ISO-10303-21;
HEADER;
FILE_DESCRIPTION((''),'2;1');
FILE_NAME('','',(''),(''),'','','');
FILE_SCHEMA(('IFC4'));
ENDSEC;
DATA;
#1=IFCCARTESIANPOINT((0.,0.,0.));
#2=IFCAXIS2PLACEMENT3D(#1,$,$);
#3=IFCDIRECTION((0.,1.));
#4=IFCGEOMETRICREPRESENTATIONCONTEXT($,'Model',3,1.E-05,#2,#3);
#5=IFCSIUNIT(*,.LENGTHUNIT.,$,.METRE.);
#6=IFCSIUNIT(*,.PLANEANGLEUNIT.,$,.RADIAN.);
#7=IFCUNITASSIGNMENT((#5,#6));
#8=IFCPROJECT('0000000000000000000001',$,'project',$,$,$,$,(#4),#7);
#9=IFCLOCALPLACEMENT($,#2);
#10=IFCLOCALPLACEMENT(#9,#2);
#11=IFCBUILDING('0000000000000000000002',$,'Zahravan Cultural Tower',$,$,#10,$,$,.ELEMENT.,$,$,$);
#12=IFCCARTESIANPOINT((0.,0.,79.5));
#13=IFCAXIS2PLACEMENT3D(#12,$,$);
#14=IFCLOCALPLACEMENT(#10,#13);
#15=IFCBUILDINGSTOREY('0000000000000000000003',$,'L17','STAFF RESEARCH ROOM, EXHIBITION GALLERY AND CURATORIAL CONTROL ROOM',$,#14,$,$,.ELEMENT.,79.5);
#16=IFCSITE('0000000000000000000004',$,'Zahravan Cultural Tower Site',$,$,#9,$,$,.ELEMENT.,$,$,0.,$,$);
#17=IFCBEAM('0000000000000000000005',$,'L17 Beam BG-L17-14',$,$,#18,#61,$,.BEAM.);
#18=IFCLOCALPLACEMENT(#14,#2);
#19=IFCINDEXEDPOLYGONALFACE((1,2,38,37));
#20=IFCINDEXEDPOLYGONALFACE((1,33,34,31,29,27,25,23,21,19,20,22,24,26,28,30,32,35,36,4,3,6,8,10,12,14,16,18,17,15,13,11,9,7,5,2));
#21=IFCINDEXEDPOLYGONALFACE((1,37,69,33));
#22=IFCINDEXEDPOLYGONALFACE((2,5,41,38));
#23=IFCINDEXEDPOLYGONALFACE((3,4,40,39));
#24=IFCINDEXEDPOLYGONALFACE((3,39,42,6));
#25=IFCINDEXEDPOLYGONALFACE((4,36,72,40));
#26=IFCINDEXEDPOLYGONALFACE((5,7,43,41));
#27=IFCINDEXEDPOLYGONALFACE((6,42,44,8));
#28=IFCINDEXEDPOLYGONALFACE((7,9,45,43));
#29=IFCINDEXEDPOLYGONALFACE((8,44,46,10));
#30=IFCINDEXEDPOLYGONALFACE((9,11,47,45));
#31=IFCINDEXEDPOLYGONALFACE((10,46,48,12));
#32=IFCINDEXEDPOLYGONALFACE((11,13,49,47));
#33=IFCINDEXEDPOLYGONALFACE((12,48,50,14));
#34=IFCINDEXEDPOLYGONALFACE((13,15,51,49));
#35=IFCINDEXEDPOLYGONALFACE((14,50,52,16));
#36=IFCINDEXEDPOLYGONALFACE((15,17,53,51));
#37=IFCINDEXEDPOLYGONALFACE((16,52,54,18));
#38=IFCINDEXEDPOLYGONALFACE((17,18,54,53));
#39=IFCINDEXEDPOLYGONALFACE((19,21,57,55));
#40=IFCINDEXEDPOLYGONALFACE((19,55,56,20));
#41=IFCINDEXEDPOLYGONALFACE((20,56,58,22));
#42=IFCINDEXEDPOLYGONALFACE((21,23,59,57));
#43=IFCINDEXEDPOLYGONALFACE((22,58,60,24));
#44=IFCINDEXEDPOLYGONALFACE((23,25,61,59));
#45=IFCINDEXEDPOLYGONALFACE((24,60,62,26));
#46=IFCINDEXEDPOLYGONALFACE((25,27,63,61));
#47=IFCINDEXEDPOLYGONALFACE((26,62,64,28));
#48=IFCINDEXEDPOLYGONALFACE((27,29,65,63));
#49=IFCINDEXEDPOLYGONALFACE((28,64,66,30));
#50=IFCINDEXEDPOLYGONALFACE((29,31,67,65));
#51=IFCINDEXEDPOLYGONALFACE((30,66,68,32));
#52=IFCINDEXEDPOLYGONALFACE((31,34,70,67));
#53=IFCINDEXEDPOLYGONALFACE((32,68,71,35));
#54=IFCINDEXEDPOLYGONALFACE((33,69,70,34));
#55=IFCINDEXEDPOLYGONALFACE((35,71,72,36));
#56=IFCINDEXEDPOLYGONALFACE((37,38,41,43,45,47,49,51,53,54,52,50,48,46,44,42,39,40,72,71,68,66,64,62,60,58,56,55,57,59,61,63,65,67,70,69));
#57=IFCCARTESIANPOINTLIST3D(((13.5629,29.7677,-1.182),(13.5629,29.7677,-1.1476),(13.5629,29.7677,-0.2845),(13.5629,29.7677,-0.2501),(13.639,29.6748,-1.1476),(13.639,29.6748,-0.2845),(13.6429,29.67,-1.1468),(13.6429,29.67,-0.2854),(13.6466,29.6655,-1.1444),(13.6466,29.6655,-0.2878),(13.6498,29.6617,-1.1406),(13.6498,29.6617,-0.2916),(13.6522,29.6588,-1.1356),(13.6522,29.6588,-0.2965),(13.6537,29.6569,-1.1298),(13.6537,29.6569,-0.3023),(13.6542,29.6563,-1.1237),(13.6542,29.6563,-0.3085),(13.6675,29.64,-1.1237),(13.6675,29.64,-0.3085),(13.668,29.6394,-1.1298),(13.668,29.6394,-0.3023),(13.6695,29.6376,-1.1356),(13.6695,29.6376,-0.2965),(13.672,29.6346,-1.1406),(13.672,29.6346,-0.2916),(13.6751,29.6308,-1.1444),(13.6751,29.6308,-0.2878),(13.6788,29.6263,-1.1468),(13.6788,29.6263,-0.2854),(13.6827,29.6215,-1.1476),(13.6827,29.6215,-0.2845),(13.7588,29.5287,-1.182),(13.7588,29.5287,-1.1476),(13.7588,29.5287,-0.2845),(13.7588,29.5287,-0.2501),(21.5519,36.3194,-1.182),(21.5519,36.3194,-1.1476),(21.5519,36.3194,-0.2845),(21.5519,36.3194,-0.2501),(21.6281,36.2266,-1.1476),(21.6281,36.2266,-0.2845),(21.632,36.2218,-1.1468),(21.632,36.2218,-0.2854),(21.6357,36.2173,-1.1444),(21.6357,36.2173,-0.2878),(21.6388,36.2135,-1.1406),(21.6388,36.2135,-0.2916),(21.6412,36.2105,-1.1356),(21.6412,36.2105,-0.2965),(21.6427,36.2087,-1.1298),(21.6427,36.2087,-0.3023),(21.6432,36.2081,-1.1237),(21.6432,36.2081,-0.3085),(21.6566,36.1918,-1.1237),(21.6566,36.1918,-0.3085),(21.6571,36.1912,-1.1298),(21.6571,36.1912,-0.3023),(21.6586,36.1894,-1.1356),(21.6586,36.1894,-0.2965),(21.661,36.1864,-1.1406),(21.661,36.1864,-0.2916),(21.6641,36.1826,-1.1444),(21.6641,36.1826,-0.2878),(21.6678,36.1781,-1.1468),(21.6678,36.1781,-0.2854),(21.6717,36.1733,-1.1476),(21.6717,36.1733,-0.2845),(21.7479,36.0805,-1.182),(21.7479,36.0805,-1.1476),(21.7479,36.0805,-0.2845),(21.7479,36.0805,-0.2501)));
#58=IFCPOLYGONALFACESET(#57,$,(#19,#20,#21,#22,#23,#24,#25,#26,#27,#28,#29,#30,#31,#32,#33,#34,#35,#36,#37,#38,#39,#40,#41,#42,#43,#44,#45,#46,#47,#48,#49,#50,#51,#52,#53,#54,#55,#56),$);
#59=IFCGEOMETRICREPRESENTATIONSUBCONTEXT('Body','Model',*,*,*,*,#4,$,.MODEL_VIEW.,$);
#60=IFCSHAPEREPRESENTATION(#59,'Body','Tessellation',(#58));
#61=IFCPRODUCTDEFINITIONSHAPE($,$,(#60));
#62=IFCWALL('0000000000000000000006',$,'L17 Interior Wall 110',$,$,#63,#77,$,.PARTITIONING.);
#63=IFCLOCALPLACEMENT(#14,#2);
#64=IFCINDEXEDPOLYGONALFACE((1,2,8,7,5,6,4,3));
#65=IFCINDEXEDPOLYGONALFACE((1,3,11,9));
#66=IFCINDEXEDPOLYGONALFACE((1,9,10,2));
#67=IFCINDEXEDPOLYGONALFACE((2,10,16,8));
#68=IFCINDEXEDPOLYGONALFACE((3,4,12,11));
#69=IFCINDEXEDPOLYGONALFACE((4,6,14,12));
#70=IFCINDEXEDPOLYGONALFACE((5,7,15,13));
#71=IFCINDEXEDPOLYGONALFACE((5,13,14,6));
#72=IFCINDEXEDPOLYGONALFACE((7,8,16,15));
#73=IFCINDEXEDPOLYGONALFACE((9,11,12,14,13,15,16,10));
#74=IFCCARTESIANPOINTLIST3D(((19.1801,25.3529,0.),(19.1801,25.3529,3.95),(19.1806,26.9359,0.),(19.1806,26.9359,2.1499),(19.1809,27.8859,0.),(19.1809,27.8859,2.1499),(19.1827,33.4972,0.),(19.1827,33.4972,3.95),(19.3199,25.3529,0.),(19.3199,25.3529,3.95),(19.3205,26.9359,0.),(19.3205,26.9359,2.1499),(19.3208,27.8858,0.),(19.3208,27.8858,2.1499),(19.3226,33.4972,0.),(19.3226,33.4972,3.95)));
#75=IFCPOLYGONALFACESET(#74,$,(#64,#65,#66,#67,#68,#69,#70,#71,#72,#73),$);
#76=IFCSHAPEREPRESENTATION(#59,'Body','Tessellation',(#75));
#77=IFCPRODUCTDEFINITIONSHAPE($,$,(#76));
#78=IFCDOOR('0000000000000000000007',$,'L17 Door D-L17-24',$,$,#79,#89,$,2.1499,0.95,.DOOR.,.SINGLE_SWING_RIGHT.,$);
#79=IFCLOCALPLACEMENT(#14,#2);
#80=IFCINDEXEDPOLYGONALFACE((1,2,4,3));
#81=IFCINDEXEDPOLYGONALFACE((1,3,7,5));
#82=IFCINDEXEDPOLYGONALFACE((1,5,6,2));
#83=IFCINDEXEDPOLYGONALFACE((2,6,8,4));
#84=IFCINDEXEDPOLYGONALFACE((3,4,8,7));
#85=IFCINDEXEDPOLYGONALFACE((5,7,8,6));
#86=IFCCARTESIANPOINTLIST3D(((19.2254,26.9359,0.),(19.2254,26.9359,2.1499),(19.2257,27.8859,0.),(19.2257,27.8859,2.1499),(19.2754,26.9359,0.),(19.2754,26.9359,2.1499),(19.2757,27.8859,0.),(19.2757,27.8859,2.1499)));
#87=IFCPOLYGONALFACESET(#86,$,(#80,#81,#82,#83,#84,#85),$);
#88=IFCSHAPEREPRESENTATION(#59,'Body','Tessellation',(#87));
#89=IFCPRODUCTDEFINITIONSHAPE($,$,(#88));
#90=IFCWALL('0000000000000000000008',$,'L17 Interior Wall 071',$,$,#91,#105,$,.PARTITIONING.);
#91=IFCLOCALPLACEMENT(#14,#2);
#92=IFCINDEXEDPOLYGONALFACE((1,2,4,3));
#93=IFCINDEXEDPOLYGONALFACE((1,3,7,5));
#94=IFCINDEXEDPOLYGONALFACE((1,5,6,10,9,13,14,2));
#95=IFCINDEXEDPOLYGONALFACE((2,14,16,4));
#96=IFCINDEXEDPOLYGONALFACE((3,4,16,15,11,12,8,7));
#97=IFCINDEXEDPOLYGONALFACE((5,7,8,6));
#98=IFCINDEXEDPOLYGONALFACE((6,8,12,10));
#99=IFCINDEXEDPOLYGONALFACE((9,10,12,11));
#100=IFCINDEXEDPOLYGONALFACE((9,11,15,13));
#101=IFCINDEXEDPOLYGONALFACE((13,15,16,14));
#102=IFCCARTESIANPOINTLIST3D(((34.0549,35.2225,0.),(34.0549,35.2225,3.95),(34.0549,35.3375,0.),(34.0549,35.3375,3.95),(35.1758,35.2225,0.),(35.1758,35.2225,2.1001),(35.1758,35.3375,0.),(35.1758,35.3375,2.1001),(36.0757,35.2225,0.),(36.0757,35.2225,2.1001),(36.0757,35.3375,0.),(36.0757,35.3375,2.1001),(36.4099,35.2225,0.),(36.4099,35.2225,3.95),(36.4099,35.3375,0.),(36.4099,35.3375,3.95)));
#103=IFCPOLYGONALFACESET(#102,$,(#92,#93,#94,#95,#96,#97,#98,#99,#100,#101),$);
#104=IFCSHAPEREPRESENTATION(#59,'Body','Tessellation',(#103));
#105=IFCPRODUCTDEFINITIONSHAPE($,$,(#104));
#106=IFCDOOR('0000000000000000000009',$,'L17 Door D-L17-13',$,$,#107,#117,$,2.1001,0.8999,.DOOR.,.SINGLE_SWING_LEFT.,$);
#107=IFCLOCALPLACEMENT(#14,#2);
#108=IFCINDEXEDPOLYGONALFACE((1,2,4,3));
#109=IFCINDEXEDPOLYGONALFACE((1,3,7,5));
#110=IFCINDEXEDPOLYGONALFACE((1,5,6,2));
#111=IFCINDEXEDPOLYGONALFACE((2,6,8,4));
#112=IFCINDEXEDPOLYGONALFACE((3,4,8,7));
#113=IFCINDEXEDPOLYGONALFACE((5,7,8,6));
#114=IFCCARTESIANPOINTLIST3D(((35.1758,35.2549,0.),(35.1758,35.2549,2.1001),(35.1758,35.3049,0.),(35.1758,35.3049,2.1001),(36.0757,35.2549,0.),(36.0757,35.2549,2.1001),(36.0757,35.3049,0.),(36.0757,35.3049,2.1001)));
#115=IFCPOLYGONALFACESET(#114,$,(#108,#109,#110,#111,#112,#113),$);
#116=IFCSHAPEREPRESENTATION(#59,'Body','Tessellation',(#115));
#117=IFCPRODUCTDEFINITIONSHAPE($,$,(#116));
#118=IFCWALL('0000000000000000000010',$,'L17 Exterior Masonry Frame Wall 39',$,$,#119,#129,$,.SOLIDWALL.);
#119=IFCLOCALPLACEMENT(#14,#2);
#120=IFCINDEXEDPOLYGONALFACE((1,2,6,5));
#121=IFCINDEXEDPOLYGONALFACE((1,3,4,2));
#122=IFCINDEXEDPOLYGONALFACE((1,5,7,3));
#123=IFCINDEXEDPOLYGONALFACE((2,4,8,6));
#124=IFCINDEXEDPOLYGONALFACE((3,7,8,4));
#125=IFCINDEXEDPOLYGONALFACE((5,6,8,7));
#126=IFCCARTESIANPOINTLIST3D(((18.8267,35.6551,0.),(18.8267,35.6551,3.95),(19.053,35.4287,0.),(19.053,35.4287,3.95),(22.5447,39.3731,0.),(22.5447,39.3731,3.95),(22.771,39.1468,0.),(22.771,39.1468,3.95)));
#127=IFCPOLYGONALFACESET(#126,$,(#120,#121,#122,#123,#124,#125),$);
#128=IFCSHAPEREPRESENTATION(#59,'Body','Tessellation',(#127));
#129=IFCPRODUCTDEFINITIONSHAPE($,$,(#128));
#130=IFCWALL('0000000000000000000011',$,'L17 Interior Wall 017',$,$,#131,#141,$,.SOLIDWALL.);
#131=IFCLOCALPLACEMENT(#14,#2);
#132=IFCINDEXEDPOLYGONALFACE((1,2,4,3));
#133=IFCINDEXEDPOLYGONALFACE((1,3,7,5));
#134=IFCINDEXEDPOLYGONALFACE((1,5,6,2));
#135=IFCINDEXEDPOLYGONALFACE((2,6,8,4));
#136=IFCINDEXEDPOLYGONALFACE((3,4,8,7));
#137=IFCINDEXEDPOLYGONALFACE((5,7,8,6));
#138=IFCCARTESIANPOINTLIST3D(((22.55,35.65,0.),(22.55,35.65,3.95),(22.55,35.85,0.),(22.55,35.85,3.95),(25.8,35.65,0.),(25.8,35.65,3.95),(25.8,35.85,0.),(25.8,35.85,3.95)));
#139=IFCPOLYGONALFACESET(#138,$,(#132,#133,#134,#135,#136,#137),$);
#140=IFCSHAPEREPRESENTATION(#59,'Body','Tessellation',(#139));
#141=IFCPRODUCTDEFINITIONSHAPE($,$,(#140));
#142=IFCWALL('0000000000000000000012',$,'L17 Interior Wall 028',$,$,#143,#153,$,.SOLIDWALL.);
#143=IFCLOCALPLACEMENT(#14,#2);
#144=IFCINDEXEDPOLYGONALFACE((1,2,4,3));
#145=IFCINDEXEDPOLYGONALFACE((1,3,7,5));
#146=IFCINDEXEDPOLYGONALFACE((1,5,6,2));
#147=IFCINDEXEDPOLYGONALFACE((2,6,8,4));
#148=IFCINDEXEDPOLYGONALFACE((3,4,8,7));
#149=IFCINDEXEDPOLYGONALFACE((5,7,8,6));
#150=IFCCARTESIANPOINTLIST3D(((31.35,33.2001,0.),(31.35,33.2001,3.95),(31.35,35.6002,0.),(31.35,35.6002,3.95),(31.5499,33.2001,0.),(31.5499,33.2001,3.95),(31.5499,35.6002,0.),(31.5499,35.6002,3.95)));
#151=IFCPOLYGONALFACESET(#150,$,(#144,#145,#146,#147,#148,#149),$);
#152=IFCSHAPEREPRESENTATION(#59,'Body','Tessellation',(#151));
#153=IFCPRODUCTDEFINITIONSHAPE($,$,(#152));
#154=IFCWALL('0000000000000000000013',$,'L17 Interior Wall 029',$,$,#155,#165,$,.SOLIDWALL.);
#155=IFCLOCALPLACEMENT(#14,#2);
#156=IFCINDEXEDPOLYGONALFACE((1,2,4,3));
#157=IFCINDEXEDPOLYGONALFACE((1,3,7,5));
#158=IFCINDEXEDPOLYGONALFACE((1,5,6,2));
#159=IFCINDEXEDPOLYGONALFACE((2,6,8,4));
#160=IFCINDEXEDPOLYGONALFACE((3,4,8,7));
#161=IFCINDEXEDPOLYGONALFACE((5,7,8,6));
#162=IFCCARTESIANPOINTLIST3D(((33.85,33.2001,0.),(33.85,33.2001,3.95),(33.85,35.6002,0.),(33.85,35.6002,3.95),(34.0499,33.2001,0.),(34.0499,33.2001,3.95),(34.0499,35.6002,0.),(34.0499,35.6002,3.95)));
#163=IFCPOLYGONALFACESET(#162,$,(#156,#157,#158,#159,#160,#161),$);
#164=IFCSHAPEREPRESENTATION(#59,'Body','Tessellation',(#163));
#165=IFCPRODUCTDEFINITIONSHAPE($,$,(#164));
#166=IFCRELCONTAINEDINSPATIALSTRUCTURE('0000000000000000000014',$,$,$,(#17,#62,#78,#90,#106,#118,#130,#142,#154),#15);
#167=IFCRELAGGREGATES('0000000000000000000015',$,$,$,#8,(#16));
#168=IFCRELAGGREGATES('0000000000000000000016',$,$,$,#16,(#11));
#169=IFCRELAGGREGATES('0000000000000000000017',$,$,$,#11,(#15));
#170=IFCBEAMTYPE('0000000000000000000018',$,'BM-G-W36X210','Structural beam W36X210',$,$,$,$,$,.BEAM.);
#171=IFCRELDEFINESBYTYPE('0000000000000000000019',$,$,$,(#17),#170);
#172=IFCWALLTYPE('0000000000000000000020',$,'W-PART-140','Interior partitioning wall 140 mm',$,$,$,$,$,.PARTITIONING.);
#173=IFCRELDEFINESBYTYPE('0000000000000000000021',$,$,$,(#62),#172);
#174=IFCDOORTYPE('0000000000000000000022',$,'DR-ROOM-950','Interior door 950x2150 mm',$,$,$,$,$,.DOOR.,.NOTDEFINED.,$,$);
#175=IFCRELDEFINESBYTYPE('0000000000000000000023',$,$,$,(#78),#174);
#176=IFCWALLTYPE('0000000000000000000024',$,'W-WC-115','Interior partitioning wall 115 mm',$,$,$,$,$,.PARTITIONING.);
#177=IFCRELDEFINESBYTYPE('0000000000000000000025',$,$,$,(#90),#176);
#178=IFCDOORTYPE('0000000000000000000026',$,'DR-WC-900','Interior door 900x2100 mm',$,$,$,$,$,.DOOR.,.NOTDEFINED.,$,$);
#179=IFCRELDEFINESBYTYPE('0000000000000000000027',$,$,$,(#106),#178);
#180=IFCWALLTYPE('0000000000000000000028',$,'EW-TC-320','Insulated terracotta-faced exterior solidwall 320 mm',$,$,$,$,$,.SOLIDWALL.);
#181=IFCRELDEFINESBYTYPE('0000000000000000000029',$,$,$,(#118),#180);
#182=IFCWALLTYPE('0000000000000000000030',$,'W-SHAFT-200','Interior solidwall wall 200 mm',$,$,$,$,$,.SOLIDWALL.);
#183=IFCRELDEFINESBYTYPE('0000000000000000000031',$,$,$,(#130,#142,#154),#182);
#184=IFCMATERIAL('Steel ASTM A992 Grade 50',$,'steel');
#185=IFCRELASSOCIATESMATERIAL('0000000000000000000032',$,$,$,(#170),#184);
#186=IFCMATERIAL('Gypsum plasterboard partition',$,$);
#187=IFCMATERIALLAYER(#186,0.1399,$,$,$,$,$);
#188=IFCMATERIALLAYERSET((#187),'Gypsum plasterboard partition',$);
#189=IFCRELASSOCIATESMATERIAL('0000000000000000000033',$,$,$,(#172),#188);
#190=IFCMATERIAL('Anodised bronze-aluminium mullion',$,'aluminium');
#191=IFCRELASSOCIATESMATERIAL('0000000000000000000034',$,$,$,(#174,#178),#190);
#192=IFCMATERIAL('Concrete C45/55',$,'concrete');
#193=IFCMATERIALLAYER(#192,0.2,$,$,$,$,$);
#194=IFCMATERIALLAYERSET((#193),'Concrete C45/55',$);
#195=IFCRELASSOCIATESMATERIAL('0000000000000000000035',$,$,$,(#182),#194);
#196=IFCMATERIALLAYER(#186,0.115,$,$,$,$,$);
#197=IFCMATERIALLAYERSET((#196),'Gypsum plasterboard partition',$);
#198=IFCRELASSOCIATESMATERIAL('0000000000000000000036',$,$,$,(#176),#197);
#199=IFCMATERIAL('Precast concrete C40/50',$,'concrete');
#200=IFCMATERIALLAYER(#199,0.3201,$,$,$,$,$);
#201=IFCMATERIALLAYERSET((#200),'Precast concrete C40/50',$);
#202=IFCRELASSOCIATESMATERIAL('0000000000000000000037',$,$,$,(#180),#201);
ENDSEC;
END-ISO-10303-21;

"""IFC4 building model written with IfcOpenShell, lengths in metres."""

from ifc_helpers import new_model, si_unit, direction, frame, frame_2d, origin, origin_2d, place, context, subcontext, project, spatial, rectangle, i_section, extrude, source, transform, mapped, material, layer, layer_set, material_profile, profile_set, type_object, element, fill, save


model = new_model("IFC4")

# Units and contexts
model_context = context("Model", 3, precision=1e-05, world=origin(), true_north=direction((0.0, 1.0)))
body_context = subcontext(model_context, "Body", "Model", "MODEL_VIEW")
ifc_project = project(units=[si_unit("LENGTHUNIT", "METRE"), si_unit("PLANEANGLEUNIT", "RADIAN")], contexts=[model_context])

# Site, building, storey
site_placement = place(None, origin())
site = spatial("IfcSite", under=ifc_project, at=site_placement, Name="Zahravan Cultural Tower Site", CompositionType="ELEMENT", RefElevation=0.0)
building_placement = place(site_placement, origin())
building = spatial("IfcBuilding", under=site, at=building_placement, Name="Zahravan Cultural Tower", CompositionType="ELEMENT")
storey_placement = place(building_placement, frame((0.0, 0.0, 79.5)))
storey = spatial("IfcBuildingStorey", under=building, at=storey_placement, Name="L17", Description="STAFF RESEARCH ROOM, EXHIBITION GALLERY AND CURATORIAL CONTROL ROOM", CompositionType="ELEMENT", Elevation=79.5)

# Beam
ifc_material_1 = material(Name="Steel ASTM A992 Grade 50", Category="steel")
ifc_material_profile_1 = material_profile(ifc_material_1, i_section(OverallWidth=0.3091, OverallDepth=0.9319, WebThickness=0.021, FlangeThickness=0.0344, FilletRadius=0.0239, at=origin_2d()), Name="W36X210")
ifc_profile_set_1 = profile_set([ifc_material_profile_1], Name="Steel ASTM A992 Grade 50")
beam_type_1 = type_object("IfcBeamType", Name="BM-G-W36X210", Description="Structural beam W36X210", PredefinedType="BEAM", material=ifc_profile_set_1)
shared_shape_1 = source(origin(), body_context, "Body", "SweptSolid", [
    extrude(i_section(OverallWidth=0.3091, OverallDepth=0.9319, WebThickness=0.021, FlangeThickness=0.0344, FilletRadius=0.0239, at=origin_2d()), origin(), (0.0, 0.0, 1.0), 10.332),
])
beam_1_placement = place(storey_placement, frame((21.6499, 36.2, -0.7161), z_axis=(-0.773231, -0.634124, 0.0), x_axis=(0.634124, -0.773231, 0.0)))
element("IfcBeam", 1, at=beam_1_placement, inside=storey, type_object=beam_type_1, Name="L17 Beam BG-L17-14", PredefinedType="BEAM", context=body_context, shape_type="MappedRepresentation", body=[
    mapped(shared_shape_1, transform((0.0, 0.0, 0.0), x_axis=(1.0, 0.0, 0.0), y_axis=(0.0, 1.0, 0.0), z_axis=(0.0, 0.0, 1.0), scale=1.0)),
])

# Walls, openings, doors
ifc_material_2 = material(Name="Gypsum plasterboard partition")
ifc_layer_1 = layer(ifc_material_2, 0.1399)
ifc_layer_set_1 = layer_set([ifc_layer_1], Name="Gypsum plasterboard partition")
wall_type_1 = type_object("IfcWallType", Name="W-PART-140", Description="Interior partitioning wall 140 mm", PredefinedType="PARTITIONING", material=ifc_layer_set_1)
wall_1_placement = place(storey_placement, frame((19.2527, 33.4973, 0.0), z_axis=(0.0, 0.0, 1.0), x_axis=(-0.00033, -1.0, 0.0)))
wall_1 = element("IfcWall", 2, at=wall_1_placement, inside=storey, type_object=wall_type_1, Name="L17 Interior Wall 110", PredefinedType="PARTITIONING", context=body_context, shape_type="SweptSolid", body=[
    extrude(rectangle(XDim=8.1443, YDim=0.1399, at=frame_2d((4.0723, 0.0))), origin(), (0.0, 0.0, 1.0), 3.95),
])
opening_1_placement = place(wall_1_placement, frame((5.6113, 0.0, 0.0)))
opening_1 = element("IfcOpeningElement", 3, at=opening_1_placement, cuts=wall_1, PredefinedType="OPENING", context=body_context, shape_type="SweptSolid", body=[
    extrude(rectangle(XDim=0.95, YDim=2.1499, at=frame_2d((0.4751, 1.075))), frame((0.0, 0.0798, 0.0), z_axis=(0.0, -1.0, 0.0), x_axis=(1.0, 0.0, 0.0)), (0.0, 0.0, 1.0), 0.1599),
])
ifc_material_3 = material(Name="Anodised bronze-aluminium mullion", Category="aluminium")
door_type_1 = type_object("IfcDoorType", Name="DR-ROOM-950", Description="Interior door 950x2150 mm", OperationType="NOTDEFINED", PredefinedType="DOOR", material=ifc_material_3)
shared_shape_2 = source(origin(), body_context, "Body", "SweptSolid", [
    extrude(rectangle(XDim=0.95, YDim=2.1499, at=frame_2d((0.4751, 1.075))), frame((0.0, 0.0249, 0.0), z_axis=(0.0, -1.0, 0.0), x_axis=(1.0, 0.0, 0.0)), (0.0, 0.0, 1.0), 0.05),
])
door_1_placement = place(opening_1_placement, origin())
door_1 = element("IfcDoor", 4, at=door_1_placement, inside=storey, type_object=door_type_1, Name="L17 Door D-L17-24", OperationType="SINGLE_SWING_RIGHT", OverallHeight=2.1499, OverallWidth=0.95, PredefinedType="DOOR", context=body_context, shape_type="MappedRepresentation", body=[
    mapped(shared_shape_2, transform((0.0, 0.0, 0.0), x_axis=(1.0, 0.0, 0.0), y_axis=(0.0, 1.0, 0.0), z_axis=(0.0, 0.0, 1.0), scale=1.0)),
])
fill(opening_1, door_1)
ifc_material_4 = material(Name="Concrete C45/55", Category="concrete")
ifc_layer_2 = layer(ifc_material_4, 0.2)
ifc_layer_set_2 = layer_set([ifc_layer_2], Name="Concrete C45/55")
wall_type_2 = type_object("IfcWallType", Name="W-SHAFT-200", Description="Interior solidwall wall 200 mm", PredefinedType="SOLIDWALL", material=ifc_layer_set_2)
ifc_layer_3 = layer(ifc_material_2, 0.115)
ifc_layer_set_3 = layer_set([ifc_layer_3], Name="Gypsum plasterboard partition")
wall_type_3 = type_object("IfcWallType", Name="W-WC-115", Description="Interior partitioning wall 115 mm", PredefinedType="PARTITIONING", material=ifc_layer_set_3)
wall_2_placement = place(storey_placement, frame((34.0549, 35.28, 0.0), z_axis=(0.0, 0.0, 1.0), x_axis=(1.0, 0.0, 0.0)))
wall_2 = element("IfcWall", 5, at=wall_2_placement, inside=storey, type_object=wall_type_3, Name="L17 Interior Wall 071", PredefinedType="PARTITIONING", context=body_context, shape_type="SweptSolid", body=[
    extrude(rectangle(XDim=2.355, YDim=0.115, at=frame_2d((1.1775, 0.0))), origin(), (0.0, 0.0, 1.0), 3.95),
])
opening_2_placement = place(wall_2_placement, frame((1.1208, 0.0, 0.0)))
opening_2 = element("IfcOpeningElement", 6, at=opening_2_placement, cuts=wall_2, PredefinedType="OPENING", context=body_context, shape_type="SweptSolid", body=[
    extrude(rectangle(XDim=0.8999, YDim=2.1001, at=frame_2d((0.45, 1.05))), frame((0.0, 0.0674, 0.0), z_axis=(0.0, -1.0, 0.0), x_axis=(1.0, 0.0, 0.0)), (0.0, 0.0, 1.0), 0.135),
])
door_type_2 = type_object("IfcDoorType", Name="DR-WC-900", Description="Interior door 900x2100 mm", OperationType="NOTDEFINED", PredefinedType="DOOR", material=ifc_material_3)
shared_shape_3 = source(origin(), body_context, "Body", "SweptSolid", [
    extrude(rectangle(XDim=0.8999, YDim=2.1001, at=frame_2d((0.45, 1.05))), frame((0.0, 0.0249, 0.0), z_axis=(0.0, -1.0, 0.0), x_axis=(1.0, 0.0, 0.0)), (0.0, 0.0, 1.0), 0.05),
])
door_2_placement = place(opening_2_placement, origin())
door_2 = element("IfcDoor", 7, at=door_2_placement, inside=storey, type_object=door_type_2, Name="L17 Door D-L17-13", OperationType="SINGLE_SWING_LEFT", OverallHeight=2.1001, OverallWidth=0.8999, PredefinedType="DOOR", context=body_context, shape_type="MappedRepresentation", body=[
    mapped(shared_shape_3, transform((0.0, 0.0, 0.0), x_axis=(1.0, 0.0, 0.0), y_axis=(0.0, 1.0, 0.0), z_axis=(0.0, 0.0, 1.0), scale=1.0)),
])
fill(opening_2, door_2)

# Walls
ifc_material_5 = material(Name="Precast concrete C40/50", Category="concrete")
ifc_layer_4 = layer(ifc_material_5, 0.3201)
ifc_layer_set_4 = layer_set([ifc_layer_4], Name="Precast concrete C40/50")
wall_type_4 = type_object("IfcWallType", Name="EW-TC-320", Description="Insulated terracotta-faced exterior solidwall 320 mm", PredefinedType="SOLIDWALL", material=ifc_layer_set_4)
shared_shape_4 = source(origin(), body_context, "Body", "SweptSolid", [
    extrude(rectangle(XDim=5.2581, YDim=0.3201, at=frame_2d((2.6289, 0.0))), origin(), (0.0, 0.0, 1.0), 3.95),
])
wall_3_placement = place(storey_placement, frame((18.9399, 35.542, 0.0), z_axis=(0.0, 0.0, 1.0), x_axis=(0.707107, 0.707107, 0.0)))
element("IfcWall", 8, at=wall_3_placement, inside=storey, type_object=wall_type_4, Name="L17 Exterior Masonry Frame Wall 39", PredefinedType="SOLIDWALL", context=body_context, shape_type="MappedRepresentation", body=[
    mapped(shared_shape_4, transform((0.0, 0.0, 0.0), x_axis=(1.0, 0.0, 0.0), y_axis=(0.0, 1.0, 0.0), z_axis=(0.0, 0.0, 1.0), scale=1.0)),
])
shared_shape_5 = source(origin(), body_context, "Body", "SweptSolid", [
    extrude(rectangle(XDim=3.25, YDim=0.2, at=frame_2d((1.625, 0.0))), origin(), (0.0, 0.0, 1.0), 3.95),
])
wall_4_placement = place(storey_placement, frame((22.55, 35.75, 0.0), z_axis=(0.0, 0.0, 1.0), x_axis=(1.0, 0.0, 0.0)))
element("IfcWall", 9, at=wall_4_placement, inside=storey, type_object=wall_type_2, Name="L17 Interior Wall 017", PredefinedType="SOLIDWALL", context=body_context, shape_type="MappedRepresentation", body=[
    mapped(shared_shape_5, transform((0.0, 0.0, 0.0), x_axis=(1.0, 0.0, 0.0), y_axis=(0.0, 1.0, 0.0), z_axis=(0.0, 0.0, 1.0), scale=1.0)),
])
shared_shape_6 = source(origin(), body_context, "Body", "SweptSolid", [
    extrude(rectangle(XDim=2.4001, YDim=0.2, at=frame_2d((1.2002, 0.0))), origin(), (0.0, 0.0, 1.0), 3.95),
])
for number, where, z_axis, x_axis, name in (
    (10, (31.45, 33.2, 0.0), (0.0, 0.0, 1.0), (0.0, 1.0, 0.0), "L17 Interior Wall 028"),
    (11, (33.95, 33.2, 0.0), (0.0, 0.0, 1.0), (0.0, 1.0, 0.0), "L17 Interior Wall 029"),
):
    element("IfcWall", number, at=place(storey_placement, frame(where, z_axis=z_axis, x_axis=x_axis)), inside=storey, type_object=wall_type_2, Name=name, PredefinedType="SOLIDWALL", context=body_context, shape_type="MappedRepresentation", body=[
        mapped(shared_shape_6, transform((0.0, 0.0, 0.0), x_axis=(1.0, 0.0, 0.0), y_axis=(0.0, 1.0, 0.0), z_axis=(0.0, 0.0, 1.0), scale=1.0)),
    ])

save(model, "model.ifc")
